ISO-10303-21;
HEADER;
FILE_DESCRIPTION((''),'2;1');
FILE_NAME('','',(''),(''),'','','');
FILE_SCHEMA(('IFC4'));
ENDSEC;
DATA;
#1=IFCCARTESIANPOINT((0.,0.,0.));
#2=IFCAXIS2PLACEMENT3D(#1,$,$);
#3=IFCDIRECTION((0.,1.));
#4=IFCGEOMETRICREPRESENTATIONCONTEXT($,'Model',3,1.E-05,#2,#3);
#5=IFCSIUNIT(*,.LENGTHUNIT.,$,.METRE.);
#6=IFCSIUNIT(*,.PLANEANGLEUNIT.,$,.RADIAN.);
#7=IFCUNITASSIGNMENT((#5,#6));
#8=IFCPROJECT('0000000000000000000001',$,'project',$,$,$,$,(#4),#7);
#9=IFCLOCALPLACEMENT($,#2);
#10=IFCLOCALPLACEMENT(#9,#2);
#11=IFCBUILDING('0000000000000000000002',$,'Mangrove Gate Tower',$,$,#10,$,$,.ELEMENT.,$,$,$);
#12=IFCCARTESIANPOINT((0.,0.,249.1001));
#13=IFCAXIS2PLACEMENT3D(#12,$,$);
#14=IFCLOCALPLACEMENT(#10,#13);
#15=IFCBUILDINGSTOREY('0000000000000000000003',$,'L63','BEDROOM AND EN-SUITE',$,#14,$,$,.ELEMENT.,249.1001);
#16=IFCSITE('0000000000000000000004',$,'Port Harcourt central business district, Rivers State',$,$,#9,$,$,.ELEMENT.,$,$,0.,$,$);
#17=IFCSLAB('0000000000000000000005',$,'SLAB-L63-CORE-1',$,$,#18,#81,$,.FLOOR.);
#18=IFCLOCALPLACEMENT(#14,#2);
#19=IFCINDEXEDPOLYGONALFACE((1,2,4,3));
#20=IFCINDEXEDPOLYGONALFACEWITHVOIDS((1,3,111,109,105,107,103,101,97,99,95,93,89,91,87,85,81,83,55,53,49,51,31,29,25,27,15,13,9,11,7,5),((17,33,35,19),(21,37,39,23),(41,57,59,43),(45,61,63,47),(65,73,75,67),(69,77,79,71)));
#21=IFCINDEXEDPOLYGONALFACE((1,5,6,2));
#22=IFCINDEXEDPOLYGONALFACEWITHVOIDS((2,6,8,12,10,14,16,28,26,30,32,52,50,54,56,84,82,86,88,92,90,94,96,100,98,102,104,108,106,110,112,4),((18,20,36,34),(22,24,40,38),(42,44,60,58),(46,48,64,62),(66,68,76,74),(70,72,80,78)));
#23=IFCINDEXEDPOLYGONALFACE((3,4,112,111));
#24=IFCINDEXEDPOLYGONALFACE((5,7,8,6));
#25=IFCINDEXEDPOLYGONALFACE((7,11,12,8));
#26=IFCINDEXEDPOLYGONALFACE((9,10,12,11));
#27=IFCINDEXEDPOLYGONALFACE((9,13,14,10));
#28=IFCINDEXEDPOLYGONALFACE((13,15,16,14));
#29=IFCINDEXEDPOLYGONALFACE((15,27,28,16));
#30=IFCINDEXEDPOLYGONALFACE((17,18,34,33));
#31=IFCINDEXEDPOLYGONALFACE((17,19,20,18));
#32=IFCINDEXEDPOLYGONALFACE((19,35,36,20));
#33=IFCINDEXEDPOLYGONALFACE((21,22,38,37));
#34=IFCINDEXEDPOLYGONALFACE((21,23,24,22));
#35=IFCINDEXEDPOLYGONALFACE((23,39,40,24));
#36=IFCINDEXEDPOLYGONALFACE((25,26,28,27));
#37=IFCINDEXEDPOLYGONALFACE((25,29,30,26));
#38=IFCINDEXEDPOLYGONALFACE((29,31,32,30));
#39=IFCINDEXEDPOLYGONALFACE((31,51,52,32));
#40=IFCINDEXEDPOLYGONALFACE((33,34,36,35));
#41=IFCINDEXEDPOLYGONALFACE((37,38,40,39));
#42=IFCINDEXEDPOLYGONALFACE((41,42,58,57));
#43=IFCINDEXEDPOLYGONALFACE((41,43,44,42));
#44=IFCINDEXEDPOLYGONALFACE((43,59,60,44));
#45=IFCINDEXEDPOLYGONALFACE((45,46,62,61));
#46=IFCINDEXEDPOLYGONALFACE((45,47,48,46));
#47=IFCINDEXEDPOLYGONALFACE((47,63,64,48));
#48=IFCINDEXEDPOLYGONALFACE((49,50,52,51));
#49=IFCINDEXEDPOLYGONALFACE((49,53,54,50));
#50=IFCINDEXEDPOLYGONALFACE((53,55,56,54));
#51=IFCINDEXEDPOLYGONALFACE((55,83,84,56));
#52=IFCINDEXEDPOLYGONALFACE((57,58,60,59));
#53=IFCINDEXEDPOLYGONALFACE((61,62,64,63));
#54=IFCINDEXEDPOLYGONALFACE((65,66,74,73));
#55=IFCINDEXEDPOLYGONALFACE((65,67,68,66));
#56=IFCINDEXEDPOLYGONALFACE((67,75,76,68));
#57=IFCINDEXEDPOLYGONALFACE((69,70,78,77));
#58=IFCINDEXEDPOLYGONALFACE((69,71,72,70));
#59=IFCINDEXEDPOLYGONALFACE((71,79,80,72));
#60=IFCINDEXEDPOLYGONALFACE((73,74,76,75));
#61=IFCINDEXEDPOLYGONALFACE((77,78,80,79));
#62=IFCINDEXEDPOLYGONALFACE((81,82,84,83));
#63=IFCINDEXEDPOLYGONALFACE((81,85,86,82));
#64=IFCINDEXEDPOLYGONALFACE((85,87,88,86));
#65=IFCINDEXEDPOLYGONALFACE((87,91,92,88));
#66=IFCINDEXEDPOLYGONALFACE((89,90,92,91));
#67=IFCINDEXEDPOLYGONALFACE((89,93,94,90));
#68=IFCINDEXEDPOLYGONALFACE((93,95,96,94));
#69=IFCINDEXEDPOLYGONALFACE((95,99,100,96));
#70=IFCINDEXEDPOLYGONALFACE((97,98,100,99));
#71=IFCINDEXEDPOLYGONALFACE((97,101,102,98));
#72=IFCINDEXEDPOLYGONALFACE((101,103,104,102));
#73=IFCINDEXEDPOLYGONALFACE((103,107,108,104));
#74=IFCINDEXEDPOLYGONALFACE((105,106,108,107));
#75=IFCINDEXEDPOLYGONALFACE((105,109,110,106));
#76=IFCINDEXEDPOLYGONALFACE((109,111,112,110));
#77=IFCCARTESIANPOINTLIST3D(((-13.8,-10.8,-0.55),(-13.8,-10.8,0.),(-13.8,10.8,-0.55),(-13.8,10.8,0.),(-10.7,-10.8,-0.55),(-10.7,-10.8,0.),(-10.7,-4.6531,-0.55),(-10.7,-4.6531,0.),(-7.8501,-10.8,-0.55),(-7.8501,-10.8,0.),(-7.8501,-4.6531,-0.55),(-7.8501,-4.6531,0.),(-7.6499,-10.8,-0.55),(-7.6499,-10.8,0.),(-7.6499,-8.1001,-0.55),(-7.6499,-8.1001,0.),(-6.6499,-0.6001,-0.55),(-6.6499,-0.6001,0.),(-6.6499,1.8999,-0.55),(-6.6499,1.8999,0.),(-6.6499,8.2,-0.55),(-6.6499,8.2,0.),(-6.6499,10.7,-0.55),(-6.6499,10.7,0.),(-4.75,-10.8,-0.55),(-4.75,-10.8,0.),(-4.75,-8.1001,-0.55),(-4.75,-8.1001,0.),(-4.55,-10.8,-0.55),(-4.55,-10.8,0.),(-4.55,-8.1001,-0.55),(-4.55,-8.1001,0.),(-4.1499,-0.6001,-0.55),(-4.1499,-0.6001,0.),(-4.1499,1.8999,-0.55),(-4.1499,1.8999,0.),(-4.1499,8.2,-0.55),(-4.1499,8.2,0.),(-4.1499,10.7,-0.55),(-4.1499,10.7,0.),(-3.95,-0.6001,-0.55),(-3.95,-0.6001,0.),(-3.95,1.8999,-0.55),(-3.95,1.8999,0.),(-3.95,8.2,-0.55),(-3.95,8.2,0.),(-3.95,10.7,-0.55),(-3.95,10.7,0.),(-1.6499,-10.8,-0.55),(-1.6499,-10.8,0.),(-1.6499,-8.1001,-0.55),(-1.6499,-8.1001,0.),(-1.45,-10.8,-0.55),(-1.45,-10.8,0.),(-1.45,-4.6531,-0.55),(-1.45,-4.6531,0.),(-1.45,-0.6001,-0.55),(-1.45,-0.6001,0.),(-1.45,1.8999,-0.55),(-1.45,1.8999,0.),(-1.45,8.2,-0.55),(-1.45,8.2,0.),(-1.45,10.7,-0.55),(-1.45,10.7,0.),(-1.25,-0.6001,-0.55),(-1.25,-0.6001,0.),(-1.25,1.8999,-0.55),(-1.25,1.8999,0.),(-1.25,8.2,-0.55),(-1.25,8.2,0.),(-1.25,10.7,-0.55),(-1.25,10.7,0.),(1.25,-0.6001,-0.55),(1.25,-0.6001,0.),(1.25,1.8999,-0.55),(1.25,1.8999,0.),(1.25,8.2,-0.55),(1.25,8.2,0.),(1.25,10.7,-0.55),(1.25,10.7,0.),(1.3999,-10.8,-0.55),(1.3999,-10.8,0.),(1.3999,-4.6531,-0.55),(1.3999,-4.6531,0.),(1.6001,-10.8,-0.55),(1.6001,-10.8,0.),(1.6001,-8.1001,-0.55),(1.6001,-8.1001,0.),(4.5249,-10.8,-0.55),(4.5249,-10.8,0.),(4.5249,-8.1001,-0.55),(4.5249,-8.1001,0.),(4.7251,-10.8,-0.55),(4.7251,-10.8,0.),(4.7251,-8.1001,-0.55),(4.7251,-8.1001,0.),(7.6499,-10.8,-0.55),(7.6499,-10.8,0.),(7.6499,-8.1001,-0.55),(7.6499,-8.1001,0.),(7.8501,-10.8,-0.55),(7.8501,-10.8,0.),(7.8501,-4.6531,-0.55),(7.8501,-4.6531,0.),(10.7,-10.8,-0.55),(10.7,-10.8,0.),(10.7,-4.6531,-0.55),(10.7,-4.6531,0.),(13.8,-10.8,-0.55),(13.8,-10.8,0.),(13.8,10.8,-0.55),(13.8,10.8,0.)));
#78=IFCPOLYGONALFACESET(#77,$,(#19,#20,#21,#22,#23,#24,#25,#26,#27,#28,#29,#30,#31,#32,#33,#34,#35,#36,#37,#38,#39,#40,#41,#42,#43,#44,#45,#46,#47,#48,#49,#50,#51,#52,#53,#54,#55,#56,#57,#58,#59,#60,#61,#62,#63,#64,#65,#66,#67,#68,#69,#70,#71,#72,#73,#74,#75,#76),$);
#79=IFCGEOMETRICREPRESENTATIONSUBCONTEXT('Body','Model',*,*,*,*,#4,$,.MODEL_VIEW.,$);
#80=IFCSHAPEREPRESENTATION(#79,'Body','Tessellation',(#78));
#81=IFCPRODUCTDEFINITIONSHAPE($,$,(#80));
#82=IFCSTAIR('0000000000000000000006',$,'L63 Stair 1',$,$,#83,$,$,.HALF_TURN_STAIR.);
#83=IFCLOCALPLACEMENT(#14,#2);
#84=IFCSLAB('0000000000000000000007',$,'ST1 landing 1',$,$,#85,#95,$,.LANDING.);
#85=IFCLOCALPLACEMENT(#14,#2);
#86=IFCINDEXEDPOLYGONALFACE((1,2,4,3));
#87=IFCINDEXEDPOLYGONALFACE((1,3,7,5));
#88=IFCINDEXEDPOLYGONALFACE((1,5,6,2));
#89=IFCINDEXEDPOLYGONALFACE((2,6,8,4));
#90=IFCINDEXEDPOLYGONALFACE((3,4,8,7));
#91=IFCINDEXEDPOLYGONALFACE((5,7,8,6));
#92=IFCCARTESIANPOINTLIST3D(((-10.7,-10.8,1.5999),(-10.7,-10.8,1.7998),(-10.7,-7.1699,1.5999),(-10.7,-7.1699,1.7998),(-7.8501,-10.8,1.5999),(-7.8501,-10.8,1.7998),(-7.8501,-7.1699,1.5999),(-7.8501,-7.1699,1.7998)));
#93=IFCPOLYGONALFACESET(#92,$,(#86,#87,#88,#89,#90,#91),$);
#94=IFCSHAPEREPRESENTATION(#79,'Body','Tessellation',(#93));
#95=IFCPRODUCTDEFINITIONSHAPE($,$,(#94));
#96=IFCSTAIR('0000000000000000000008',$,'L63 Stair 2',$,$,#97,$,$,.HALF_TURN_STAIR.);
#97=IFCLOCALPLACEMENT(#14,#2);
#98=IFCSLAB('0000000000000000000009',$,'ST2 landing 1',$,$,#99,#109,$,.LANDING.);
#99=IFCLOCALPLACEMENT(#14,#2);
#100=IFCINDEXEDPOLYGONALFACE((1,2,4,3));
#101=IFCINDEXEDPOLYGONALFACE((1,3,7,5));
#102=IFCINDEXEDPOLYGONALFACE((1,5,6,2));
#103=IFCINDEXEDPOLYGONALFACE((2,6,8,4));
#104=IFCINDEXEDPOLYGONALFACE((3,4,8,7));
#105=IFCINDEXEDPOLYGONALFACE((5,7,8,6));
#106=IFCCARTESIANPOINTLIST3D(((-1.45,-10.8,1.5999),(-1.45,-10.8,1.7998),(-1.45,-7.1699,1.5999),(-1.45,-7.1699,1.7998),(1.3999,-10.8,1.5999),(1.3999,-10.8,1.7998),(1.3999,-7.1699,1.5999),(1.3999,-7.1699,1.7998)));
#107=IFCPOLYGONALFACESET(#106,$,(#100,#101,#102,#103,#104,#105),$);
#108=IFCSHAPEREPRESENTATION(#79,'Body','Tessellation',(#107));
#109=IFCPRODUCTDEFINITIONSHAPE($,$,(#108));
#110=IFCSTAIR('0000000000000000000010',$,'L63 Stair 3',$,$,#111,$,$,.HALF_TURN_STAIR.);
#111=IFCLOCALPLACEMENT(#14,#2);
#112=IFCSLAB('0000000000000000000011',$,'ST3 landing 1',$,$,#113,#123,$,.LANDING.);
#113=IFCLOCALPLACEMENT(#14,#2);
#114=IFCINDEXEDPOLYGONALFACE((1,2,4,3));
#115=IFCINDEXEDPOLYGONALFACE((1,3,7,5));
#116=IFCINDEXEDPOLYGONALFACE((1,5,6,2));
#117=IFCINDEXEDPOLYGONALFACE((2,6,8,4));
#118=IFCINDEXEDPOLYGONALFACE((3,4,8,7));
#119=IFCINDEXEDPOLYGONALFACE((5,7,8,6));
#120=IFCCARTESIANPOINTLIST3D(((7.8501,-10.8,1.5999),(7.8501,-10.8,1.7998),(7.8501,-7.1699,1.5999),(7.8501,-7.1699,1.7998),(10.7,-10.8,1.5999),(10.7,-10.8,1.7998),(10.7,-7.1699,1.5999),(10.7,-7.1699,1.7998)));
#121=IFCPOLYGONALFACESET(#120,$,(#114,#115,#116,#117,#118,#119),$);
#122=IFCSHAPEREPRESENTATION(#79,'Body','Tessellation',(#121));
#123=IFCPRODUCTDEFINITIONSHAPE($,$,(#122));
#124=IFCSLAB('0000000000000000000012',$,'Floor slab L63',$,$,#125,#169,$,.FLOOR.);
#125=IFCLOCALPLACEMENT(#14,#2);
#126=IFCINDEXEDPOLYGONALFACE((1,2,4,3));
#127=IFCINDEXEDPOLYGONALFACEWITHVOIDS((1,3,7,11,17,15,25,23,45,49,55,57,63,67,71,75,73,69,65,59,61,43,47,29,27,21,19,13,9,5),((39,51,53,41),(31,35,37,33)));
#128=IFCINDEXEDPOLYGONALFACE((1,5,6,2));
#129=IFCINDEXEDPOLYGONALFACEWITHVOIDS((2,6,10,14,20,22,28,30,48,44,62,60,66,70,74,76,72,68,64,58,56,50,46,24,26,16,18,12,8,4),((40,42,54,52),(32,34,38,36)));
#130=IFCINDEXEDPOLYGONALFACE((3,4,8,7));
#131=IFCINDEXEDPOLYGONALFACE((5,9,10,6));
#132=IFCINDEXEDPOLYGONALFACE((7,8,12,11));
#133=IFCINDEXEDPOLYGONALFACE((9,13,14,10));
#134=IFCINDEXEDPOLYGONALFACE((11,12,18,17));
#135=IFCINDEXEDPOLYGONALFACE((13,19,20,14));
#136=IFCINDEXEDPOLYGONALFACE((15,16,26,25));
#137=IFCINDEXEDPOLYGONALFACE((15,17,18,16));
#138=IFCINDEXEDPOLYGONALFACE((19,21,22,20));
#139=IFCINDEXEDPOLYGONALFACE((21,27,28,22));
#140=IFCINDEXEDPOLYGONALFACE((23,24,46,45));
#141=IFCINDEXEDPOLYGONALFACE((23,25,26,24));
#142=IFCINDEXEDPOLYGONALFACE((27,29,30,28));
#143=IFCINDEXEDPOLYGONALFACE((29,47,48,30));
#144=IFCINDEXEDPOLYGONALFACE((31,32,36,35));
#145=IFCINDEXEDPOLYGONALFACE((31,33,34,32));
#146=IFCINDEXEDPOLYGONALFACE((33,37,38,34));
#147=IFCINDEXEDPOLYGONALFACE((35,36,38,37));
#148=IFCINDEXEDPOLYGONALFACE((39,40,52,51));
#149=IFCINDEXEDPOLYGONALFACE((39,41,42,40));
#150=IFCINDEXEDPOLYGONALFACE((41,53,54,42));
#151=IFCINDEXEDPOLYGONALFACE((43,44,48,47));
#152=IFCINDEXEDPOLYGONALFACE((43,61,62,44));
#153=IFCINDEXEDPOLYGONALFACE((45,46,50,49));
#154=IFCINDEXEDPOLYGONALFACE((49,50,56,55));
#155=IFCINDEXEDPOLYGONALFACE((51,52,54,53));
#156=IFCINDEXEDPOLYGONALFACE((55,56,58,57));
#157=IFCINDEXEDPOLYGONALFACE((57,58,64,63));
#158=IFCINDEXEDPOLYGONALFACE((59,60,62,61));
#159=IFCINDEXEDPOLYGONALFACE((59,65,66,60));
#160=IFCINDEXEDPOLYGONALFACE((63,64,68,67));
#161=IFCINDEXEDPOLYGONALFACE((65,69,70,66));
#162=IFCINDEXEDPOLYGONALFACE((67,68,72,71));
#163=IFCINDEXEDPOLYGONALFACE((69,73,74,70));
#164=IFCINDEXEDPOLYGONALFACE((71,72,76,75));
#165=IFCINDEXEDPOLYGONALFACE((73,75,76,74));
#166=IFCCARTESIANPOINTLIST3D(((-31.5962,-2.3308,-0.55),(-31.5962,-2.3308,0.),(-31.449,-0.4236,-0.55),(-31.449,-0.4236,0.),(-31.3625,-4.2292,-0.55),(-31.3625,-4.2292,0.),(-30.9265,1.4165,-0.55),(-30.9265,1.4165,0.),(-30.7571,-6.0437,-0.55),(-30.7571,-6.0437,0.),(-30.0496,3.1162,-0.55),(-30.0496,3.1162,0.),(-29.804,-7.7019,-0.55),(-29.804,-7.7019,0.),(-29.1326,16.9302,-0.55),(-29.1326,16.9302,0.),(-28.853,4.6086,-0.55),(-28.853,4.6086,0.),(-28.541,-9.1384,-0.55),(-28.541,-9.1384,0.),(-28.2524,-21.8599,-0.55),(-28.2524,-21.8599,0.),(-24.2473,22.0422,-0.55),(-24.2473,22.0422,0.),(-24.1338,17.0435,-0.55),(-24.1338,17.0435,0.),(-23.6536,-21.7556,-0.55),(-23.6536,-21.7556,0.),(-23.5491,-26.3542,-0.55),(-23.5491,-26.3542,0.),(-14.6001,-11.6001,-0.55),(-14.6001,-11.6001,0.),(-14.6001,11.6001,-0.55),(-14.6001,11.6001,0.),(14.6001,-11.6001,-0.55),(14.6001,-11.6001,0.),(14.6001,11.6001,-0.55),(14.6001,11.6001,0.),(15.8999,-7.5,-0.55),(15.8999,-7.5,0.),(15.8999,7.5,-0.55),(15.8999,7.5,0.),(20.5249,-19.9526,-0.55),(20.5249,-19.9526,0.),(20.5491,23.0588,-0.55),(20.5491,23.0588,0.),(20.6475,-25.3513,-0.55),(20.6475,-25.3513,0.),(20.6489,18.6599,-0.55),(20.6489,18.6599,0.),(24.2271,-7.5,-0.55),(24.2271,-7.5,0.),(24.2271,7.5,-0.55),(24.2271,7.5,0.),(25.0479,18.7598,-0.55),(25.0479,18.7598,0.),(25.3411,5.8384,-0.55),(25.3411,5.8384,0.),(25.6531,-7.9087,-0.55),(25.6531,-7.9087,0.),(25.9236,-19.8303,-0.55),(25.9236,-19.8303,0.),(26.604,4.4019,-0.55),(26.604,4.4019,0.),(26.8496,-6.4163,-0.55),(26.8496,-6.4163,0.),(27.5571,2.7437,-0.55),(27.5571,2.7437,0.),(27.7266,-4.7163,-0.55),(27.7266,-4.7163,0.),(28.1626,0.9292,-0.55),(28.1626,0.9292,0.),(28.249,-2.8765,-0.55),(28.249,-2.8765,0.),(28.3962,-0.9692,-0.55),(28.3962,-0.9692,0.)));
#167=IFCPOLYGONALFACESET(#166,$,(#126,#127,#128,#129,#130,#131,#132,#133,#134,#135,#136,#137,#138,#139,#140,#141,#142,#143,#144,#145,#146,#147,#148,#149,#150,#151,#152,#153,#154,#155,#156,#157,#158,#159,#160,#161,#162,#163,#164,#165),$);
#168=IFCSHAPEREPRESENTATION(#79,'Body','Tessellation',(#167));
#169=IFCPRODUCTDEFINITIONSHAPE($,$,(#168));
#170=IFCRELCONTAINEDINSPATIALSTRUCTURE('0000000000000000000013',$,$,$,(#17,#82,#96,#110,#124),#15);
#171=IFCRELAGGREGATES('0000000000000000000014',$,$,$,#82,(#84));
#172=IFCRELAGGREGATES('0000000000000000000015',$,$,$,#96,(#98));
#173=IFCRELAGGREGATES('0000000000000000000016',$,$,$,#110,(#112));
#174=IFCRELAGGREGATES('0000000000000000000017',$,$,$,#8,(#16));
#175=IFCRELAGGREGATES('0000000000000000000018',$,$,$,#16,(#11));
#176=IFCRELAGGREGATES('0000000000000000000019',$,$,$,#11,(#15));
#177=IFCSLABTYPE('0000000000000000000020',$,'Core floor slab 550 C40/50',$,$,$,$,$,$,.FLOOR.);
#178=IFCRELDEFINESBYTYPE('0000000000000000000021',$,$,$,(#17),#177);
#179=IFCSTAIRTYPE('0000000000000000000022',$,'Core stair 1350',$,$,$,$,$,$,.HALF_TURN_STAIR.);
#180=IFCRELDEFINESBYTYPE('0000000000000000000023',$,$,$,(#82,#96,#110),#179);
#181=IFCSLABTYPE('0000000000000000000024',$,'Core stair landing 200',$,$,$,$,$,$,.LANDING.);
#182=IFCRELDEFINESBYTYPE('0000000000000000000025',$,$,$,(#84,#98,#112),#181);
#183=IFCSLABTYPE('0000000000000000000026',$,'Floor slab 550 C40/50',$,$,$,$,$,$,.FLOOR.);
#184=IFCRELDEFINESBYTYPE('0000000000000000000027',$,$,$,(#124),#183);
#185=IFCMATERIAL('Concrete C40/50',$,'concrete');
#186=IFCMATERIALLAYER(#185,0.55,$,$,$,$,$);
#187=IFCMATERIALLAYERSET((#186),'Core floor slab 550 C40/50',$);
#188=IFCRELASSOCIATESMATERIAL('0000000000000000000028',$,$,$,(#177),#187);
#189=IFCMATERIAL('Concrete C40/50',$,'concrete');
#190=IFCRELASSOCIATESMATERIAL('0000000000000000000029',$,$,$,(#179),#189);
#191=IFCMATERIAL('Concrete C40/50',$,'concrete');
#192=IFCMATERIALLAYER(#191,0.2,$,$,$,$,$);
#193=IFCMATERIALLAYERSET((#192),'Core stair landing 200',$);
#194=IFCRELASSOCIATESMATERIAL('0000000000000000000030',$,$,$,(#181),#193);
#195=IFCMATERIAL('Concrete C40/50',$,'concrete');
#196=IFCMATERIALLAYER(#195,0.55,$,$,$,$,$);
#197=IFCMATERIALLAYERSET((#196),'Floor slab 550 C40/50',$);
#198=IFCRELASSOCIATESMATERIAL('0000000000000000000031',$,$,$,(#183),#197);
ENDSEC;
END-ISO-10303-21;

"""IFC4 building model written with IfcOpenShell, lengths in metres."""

from ifc_helpers import new_model, si_unit, direction, frame, origin, place, context, subcontext, project, spatial, polyline, outline, extrude, material, layer, layer_set, type_object, element, aggregate, save


model = new_model("IFC4")

# Units and contexts
model_context = context("Model", 3, precision=1e-05, world=origin(), true_north=direction((0.0, 1.0)))
body_context = subcontext(model_context, "Body", "Model", "MODEL_VIEW")
ifc_project = project(units=[si_unit("LENGTHUNIT", "METRE"), si_unit("PLANEANGLEUNIT", "RADIAN")], contexts=[model_context])

# Site, building, storey
site_placement = place(None, origin())
site = spatial("IfcSite", under=ifc_project, at=site_placement, Name="Port Harcourt central business district, Rivers State", CompositionType="ELEMENT", RefElevation=0.0)
building_placement = place(site_placement, origin())
building = spatial("IfcBuilding", under=site, at=building_placement, Name="Mangrove Gate Tower", CompositionType="ELEMENT")
storey_placement = place(building_placement, frame((0.0, 0.0, 249.1001)))
storey = spatial("IfcBuildingStorey", under=building, at=storey_placement, Name="L63", Description="BEDROOM AND EN-SUITE", CompositionType="ELEMENT", Elevation=249.1001)

# Slab
ifc_material_1 = material(Name="Concrete C40/50", Category="concrete")
ifc_layer_1 = layer(ifc_material_1, 0.55)
ifc_layer_set_1 = layer_set([ifc_layer_1], Name="Core floor slab 550 C40/50")
slab_type_1 = type_object("IfcSlabType", Name="Core floor slab 550 C40/50", PredefinedType="FLOOR", material=ifc_layer_set_1)
slab_1_placement = place(storey_placement, frame((0.0, 0.0, -0.55)))
element("IfcSlab", 1, at=slab_1_placement, inside=storey, type_object=slab_type_1, Name="SLAB-L63-CORE-1", PredefinedType="FLOOR", context=body_context, shape_type="SweptSolid", body=[
    extrude(outline(polyline([(-13.8, -10.8), (-13.8, 10.8), (13.8, 10.8), (13.8, -10.8), (10.7, -10.8), (10.7, -4.6531), (7.8501, -4.6531), (7.8501, -10.8), (7.6499, -10.8), (7.6499, -8.1001), (4.7251, -8.1001), (4.7251, -10.8), (4.5249, -10.8), (4.5249, -8.1001), (1.6001, -8.1001), (1.6001, -10.8), (1.3999, -10.8), (1.3999, -4.6531), (-1.45, -4.6531), (-1.45, -10.8), (-1.6499, -10.8), (-1.6499, -8.1001), (-4.55, -8.1001), (-4.55, -10.8), (-4.75, -10.8), (-4.75, -8.1001), (-7.6499, -8.1001), (-7.6499, -10.8), (-7.8501, -10.8), (-7.8501, -4.6531), (-10.7, -4.6531), (-10.7, -10.8), (-13.8, -10.8)]), holes=[polyline([(-4.1499, 1.8999), (-6.6499, 1.8999), (-6.6499, -0.6001), (-4.1499, -0.6001), (-4.1499, 1.8999)]), polyline([(-1.45, -0.6001), (-1.45, 1.8999), (-3.95, 1.8999), (-3.95, -0.6001), (-1.45, -0.6001)]), polyline([(-4.1499, 8.2), (-4.1499, 10.7), (-6.6499, 10.7), (-6.6499, 8.2), (-4.1499, 8.2)]), polyline([(-1.45, 10.7), (-3.95, 10.7), (-3.95, 8.2), (-1.45, 8.2), (-1.45, 10.7)]), polyline([(1.25, -0.6001), (1.25, 1.8999), (-1.25, 1.8999), (-1.25, -0.6001), (1.25, -0.6001)]), polyline([(1.25, 8.2), (1.25, 10.7), (-1.25, 10.7), (-1.25, 8.2), (1.25, 8.2)])]), origin(), (0.0, 0.0, 1.0), 0.55),
])

# Stairs, slabs
ifc_material_2 = material(Name="Concrete C40/50", Category="concrete")
stair_type = type_object("IfcStairType", Name="Core stair 1350", PredefinedType="HALF_TURN_STAIR", material=ifc_material_2)
stair_1_placement = place(storey_placement, origin())
stair_1 = element("IfcStair", 2, at=stair_1_placement, inside=storey, type_object=stair_type, Name="L63 Stair 1", PredefinedType="HALF_TURN_STAIR")
ifc_material_3 = material(Name="Concrete C40/50", Category="concrete")
ifc_layer_2 = layer(ifc_material_3, 0.2)
ifc_layer_set_2 = layer_set([ifc_layer_2], Name="Core stair landing 200")
slab_type_2 = type_object("IfcSlabType", Name="Core stair landing 200", PredefinedType="LANDING", material=ifc_layer_set_2)
slab_2_placement = place(storey_placement, frame((0.0, 0.0, 1.5999)))
slab_2 = element("IfcSlab", 3, at=slab_2_placement, type_object=slab_type_2, Name="ST1 landing 1", PredefinedType="LANDING", context=body_context, shape_type="SweptSolid", body=[
    extrude(outline(polyline([(-10.7, -7.1699), (-10.7, -10.8), (-7.8501, -10.8), (-7.8501, -7.1699), (-10.7, -7.1699)])), origin(), (0.0, 0.0, 1.0), 0.2),
])
aggregate(stair_1, [slab_2])
stair_2_placement = place(storey_placement, origin())
stair_2 = element("IfcStair", 4, at=stair_2_placement, inside=storey, type_object=stair_type, Name="L63 Stair 2", PredefinedType="HALF_TURN_STAIR")
slab_3_placement = place(storey_placement, frame((0.0, 0.0, 1.5999)))
slab_3 = element("IfcSlab", 5, at=slab_3_placement, type_object=slab_type_2, Name="ST2 landing 1", PredefinedType="LANDING", context=body_context, shape_type="SweptSolid", body=[
    extrude(outline(polyline([(-1.45, -7.1699), (-1.45, -10.8), (1.3999, -10.8), (1.3999, -7.1699), (-1.45, -7.1699)])), origin(), (0.0, 0.0, 1.0), 0.2),
])
aggregate(stair_2, [slab_3])
stair_3_placement = place(storey_placement, origin())
stair_3 = element("IfcStair", 6, at=stair_3_placement, inside=storey, type_object=stair_type, Name="L63 Stair 3", PredefinedType="HALF_TURN_STAIR")
slab_4_placement = place(storey_placement, frame((0.0, 0.0, 1.5999)))
slab_4 = element("IfcSlab", 7, at=slab_4_placement, type_object=slab_type_2, Name="ST3 landing 1", PredefinedType="LANDING", context=body_context, shape_type="SweptSolid", body=[
    extrude(outline(polyline([(7.8501, -7.1699), (7.8501, -10.8), (10.7, -10.8), (10.7, -7.1699), (7.8501, -7.1699)])), origin(), (0.0, 0.0, 1.0), 0.2),
])
aggregate(stair_3, [slab_4])

# Slab
ifc_material_4 = material(Name="Concrete C40/50", Category="concrete")
ifc_layer_3 = layer(ifc_material_4, 0.55)
ifc_layer_set_3 = layer_set([ifc_layer_3], Name="Floor slab 550 C40/50")
slab_type_3 = type_object("IfcSlabType", Name="Floor slab 550 C40/50", PredefinedType="FLOOR", material=ifc_layer_set_3)
slab_5_placement = place(storey_placement, frame((0.0, 0.0, -0.55)))
element("IfcSlab", 8, at=slab_5_placement, inside=storey, type_object=slab_type_3, Name="Floor slab L63", PredefinedType="FLOOR", context=body_context, shape_type="SweptSolid", body=[
    extrude(outline(polyline([(-23.5491, -26.3542), (20.6475, -25.3513), (20.5249, -19.9526), (25.9236, -19.8303), (25.6531, -7.9087), (26.8496, -6.4163), (27.7266, -4.7163), (28.249, -2.8765), (28.3962, -0.9692), (28.1626, 0.9292), (27.5571, 2.7437), (26.604, 4.4019), (25.3411, 5.8384), (25.0479, 18.7598), (20.6489, 18.6599), (20.5491, 23.0588), (-24.2473, 22.0422), (-24.1338, 17.0435), (-29.1326, 16.9302), (-28.853, 4.6086), (-30.0496, 3.1162), (-30.9265, 1.4165), (-31.449, -0.4236), (-31.5962, -2.3308), (-31.3625, -4.2292), (-30.7571, -6.0437), (-29.804, -7.7019), (-28.541, -9.1384), (-28.2524, -21.8599), (-23.6536, -21.7556), (-23.5491, -26.3542)]), holes=[polyline([(15.8999, 7.5), (24.2271, 7.5), (24.2271, -7.5), (15.8999, -7.5), (15.8999, 7.5)]), polyline([(-14.6001, -11.6001), (-14.6001, 11.6001), (14.6001, 11.6001), (14.6001, -11.6001), (-14.6001, -11.6001)])]), origin(), (0.0, 0.0, 1.0), 0.55),
])

save(model, "model.ifc")
